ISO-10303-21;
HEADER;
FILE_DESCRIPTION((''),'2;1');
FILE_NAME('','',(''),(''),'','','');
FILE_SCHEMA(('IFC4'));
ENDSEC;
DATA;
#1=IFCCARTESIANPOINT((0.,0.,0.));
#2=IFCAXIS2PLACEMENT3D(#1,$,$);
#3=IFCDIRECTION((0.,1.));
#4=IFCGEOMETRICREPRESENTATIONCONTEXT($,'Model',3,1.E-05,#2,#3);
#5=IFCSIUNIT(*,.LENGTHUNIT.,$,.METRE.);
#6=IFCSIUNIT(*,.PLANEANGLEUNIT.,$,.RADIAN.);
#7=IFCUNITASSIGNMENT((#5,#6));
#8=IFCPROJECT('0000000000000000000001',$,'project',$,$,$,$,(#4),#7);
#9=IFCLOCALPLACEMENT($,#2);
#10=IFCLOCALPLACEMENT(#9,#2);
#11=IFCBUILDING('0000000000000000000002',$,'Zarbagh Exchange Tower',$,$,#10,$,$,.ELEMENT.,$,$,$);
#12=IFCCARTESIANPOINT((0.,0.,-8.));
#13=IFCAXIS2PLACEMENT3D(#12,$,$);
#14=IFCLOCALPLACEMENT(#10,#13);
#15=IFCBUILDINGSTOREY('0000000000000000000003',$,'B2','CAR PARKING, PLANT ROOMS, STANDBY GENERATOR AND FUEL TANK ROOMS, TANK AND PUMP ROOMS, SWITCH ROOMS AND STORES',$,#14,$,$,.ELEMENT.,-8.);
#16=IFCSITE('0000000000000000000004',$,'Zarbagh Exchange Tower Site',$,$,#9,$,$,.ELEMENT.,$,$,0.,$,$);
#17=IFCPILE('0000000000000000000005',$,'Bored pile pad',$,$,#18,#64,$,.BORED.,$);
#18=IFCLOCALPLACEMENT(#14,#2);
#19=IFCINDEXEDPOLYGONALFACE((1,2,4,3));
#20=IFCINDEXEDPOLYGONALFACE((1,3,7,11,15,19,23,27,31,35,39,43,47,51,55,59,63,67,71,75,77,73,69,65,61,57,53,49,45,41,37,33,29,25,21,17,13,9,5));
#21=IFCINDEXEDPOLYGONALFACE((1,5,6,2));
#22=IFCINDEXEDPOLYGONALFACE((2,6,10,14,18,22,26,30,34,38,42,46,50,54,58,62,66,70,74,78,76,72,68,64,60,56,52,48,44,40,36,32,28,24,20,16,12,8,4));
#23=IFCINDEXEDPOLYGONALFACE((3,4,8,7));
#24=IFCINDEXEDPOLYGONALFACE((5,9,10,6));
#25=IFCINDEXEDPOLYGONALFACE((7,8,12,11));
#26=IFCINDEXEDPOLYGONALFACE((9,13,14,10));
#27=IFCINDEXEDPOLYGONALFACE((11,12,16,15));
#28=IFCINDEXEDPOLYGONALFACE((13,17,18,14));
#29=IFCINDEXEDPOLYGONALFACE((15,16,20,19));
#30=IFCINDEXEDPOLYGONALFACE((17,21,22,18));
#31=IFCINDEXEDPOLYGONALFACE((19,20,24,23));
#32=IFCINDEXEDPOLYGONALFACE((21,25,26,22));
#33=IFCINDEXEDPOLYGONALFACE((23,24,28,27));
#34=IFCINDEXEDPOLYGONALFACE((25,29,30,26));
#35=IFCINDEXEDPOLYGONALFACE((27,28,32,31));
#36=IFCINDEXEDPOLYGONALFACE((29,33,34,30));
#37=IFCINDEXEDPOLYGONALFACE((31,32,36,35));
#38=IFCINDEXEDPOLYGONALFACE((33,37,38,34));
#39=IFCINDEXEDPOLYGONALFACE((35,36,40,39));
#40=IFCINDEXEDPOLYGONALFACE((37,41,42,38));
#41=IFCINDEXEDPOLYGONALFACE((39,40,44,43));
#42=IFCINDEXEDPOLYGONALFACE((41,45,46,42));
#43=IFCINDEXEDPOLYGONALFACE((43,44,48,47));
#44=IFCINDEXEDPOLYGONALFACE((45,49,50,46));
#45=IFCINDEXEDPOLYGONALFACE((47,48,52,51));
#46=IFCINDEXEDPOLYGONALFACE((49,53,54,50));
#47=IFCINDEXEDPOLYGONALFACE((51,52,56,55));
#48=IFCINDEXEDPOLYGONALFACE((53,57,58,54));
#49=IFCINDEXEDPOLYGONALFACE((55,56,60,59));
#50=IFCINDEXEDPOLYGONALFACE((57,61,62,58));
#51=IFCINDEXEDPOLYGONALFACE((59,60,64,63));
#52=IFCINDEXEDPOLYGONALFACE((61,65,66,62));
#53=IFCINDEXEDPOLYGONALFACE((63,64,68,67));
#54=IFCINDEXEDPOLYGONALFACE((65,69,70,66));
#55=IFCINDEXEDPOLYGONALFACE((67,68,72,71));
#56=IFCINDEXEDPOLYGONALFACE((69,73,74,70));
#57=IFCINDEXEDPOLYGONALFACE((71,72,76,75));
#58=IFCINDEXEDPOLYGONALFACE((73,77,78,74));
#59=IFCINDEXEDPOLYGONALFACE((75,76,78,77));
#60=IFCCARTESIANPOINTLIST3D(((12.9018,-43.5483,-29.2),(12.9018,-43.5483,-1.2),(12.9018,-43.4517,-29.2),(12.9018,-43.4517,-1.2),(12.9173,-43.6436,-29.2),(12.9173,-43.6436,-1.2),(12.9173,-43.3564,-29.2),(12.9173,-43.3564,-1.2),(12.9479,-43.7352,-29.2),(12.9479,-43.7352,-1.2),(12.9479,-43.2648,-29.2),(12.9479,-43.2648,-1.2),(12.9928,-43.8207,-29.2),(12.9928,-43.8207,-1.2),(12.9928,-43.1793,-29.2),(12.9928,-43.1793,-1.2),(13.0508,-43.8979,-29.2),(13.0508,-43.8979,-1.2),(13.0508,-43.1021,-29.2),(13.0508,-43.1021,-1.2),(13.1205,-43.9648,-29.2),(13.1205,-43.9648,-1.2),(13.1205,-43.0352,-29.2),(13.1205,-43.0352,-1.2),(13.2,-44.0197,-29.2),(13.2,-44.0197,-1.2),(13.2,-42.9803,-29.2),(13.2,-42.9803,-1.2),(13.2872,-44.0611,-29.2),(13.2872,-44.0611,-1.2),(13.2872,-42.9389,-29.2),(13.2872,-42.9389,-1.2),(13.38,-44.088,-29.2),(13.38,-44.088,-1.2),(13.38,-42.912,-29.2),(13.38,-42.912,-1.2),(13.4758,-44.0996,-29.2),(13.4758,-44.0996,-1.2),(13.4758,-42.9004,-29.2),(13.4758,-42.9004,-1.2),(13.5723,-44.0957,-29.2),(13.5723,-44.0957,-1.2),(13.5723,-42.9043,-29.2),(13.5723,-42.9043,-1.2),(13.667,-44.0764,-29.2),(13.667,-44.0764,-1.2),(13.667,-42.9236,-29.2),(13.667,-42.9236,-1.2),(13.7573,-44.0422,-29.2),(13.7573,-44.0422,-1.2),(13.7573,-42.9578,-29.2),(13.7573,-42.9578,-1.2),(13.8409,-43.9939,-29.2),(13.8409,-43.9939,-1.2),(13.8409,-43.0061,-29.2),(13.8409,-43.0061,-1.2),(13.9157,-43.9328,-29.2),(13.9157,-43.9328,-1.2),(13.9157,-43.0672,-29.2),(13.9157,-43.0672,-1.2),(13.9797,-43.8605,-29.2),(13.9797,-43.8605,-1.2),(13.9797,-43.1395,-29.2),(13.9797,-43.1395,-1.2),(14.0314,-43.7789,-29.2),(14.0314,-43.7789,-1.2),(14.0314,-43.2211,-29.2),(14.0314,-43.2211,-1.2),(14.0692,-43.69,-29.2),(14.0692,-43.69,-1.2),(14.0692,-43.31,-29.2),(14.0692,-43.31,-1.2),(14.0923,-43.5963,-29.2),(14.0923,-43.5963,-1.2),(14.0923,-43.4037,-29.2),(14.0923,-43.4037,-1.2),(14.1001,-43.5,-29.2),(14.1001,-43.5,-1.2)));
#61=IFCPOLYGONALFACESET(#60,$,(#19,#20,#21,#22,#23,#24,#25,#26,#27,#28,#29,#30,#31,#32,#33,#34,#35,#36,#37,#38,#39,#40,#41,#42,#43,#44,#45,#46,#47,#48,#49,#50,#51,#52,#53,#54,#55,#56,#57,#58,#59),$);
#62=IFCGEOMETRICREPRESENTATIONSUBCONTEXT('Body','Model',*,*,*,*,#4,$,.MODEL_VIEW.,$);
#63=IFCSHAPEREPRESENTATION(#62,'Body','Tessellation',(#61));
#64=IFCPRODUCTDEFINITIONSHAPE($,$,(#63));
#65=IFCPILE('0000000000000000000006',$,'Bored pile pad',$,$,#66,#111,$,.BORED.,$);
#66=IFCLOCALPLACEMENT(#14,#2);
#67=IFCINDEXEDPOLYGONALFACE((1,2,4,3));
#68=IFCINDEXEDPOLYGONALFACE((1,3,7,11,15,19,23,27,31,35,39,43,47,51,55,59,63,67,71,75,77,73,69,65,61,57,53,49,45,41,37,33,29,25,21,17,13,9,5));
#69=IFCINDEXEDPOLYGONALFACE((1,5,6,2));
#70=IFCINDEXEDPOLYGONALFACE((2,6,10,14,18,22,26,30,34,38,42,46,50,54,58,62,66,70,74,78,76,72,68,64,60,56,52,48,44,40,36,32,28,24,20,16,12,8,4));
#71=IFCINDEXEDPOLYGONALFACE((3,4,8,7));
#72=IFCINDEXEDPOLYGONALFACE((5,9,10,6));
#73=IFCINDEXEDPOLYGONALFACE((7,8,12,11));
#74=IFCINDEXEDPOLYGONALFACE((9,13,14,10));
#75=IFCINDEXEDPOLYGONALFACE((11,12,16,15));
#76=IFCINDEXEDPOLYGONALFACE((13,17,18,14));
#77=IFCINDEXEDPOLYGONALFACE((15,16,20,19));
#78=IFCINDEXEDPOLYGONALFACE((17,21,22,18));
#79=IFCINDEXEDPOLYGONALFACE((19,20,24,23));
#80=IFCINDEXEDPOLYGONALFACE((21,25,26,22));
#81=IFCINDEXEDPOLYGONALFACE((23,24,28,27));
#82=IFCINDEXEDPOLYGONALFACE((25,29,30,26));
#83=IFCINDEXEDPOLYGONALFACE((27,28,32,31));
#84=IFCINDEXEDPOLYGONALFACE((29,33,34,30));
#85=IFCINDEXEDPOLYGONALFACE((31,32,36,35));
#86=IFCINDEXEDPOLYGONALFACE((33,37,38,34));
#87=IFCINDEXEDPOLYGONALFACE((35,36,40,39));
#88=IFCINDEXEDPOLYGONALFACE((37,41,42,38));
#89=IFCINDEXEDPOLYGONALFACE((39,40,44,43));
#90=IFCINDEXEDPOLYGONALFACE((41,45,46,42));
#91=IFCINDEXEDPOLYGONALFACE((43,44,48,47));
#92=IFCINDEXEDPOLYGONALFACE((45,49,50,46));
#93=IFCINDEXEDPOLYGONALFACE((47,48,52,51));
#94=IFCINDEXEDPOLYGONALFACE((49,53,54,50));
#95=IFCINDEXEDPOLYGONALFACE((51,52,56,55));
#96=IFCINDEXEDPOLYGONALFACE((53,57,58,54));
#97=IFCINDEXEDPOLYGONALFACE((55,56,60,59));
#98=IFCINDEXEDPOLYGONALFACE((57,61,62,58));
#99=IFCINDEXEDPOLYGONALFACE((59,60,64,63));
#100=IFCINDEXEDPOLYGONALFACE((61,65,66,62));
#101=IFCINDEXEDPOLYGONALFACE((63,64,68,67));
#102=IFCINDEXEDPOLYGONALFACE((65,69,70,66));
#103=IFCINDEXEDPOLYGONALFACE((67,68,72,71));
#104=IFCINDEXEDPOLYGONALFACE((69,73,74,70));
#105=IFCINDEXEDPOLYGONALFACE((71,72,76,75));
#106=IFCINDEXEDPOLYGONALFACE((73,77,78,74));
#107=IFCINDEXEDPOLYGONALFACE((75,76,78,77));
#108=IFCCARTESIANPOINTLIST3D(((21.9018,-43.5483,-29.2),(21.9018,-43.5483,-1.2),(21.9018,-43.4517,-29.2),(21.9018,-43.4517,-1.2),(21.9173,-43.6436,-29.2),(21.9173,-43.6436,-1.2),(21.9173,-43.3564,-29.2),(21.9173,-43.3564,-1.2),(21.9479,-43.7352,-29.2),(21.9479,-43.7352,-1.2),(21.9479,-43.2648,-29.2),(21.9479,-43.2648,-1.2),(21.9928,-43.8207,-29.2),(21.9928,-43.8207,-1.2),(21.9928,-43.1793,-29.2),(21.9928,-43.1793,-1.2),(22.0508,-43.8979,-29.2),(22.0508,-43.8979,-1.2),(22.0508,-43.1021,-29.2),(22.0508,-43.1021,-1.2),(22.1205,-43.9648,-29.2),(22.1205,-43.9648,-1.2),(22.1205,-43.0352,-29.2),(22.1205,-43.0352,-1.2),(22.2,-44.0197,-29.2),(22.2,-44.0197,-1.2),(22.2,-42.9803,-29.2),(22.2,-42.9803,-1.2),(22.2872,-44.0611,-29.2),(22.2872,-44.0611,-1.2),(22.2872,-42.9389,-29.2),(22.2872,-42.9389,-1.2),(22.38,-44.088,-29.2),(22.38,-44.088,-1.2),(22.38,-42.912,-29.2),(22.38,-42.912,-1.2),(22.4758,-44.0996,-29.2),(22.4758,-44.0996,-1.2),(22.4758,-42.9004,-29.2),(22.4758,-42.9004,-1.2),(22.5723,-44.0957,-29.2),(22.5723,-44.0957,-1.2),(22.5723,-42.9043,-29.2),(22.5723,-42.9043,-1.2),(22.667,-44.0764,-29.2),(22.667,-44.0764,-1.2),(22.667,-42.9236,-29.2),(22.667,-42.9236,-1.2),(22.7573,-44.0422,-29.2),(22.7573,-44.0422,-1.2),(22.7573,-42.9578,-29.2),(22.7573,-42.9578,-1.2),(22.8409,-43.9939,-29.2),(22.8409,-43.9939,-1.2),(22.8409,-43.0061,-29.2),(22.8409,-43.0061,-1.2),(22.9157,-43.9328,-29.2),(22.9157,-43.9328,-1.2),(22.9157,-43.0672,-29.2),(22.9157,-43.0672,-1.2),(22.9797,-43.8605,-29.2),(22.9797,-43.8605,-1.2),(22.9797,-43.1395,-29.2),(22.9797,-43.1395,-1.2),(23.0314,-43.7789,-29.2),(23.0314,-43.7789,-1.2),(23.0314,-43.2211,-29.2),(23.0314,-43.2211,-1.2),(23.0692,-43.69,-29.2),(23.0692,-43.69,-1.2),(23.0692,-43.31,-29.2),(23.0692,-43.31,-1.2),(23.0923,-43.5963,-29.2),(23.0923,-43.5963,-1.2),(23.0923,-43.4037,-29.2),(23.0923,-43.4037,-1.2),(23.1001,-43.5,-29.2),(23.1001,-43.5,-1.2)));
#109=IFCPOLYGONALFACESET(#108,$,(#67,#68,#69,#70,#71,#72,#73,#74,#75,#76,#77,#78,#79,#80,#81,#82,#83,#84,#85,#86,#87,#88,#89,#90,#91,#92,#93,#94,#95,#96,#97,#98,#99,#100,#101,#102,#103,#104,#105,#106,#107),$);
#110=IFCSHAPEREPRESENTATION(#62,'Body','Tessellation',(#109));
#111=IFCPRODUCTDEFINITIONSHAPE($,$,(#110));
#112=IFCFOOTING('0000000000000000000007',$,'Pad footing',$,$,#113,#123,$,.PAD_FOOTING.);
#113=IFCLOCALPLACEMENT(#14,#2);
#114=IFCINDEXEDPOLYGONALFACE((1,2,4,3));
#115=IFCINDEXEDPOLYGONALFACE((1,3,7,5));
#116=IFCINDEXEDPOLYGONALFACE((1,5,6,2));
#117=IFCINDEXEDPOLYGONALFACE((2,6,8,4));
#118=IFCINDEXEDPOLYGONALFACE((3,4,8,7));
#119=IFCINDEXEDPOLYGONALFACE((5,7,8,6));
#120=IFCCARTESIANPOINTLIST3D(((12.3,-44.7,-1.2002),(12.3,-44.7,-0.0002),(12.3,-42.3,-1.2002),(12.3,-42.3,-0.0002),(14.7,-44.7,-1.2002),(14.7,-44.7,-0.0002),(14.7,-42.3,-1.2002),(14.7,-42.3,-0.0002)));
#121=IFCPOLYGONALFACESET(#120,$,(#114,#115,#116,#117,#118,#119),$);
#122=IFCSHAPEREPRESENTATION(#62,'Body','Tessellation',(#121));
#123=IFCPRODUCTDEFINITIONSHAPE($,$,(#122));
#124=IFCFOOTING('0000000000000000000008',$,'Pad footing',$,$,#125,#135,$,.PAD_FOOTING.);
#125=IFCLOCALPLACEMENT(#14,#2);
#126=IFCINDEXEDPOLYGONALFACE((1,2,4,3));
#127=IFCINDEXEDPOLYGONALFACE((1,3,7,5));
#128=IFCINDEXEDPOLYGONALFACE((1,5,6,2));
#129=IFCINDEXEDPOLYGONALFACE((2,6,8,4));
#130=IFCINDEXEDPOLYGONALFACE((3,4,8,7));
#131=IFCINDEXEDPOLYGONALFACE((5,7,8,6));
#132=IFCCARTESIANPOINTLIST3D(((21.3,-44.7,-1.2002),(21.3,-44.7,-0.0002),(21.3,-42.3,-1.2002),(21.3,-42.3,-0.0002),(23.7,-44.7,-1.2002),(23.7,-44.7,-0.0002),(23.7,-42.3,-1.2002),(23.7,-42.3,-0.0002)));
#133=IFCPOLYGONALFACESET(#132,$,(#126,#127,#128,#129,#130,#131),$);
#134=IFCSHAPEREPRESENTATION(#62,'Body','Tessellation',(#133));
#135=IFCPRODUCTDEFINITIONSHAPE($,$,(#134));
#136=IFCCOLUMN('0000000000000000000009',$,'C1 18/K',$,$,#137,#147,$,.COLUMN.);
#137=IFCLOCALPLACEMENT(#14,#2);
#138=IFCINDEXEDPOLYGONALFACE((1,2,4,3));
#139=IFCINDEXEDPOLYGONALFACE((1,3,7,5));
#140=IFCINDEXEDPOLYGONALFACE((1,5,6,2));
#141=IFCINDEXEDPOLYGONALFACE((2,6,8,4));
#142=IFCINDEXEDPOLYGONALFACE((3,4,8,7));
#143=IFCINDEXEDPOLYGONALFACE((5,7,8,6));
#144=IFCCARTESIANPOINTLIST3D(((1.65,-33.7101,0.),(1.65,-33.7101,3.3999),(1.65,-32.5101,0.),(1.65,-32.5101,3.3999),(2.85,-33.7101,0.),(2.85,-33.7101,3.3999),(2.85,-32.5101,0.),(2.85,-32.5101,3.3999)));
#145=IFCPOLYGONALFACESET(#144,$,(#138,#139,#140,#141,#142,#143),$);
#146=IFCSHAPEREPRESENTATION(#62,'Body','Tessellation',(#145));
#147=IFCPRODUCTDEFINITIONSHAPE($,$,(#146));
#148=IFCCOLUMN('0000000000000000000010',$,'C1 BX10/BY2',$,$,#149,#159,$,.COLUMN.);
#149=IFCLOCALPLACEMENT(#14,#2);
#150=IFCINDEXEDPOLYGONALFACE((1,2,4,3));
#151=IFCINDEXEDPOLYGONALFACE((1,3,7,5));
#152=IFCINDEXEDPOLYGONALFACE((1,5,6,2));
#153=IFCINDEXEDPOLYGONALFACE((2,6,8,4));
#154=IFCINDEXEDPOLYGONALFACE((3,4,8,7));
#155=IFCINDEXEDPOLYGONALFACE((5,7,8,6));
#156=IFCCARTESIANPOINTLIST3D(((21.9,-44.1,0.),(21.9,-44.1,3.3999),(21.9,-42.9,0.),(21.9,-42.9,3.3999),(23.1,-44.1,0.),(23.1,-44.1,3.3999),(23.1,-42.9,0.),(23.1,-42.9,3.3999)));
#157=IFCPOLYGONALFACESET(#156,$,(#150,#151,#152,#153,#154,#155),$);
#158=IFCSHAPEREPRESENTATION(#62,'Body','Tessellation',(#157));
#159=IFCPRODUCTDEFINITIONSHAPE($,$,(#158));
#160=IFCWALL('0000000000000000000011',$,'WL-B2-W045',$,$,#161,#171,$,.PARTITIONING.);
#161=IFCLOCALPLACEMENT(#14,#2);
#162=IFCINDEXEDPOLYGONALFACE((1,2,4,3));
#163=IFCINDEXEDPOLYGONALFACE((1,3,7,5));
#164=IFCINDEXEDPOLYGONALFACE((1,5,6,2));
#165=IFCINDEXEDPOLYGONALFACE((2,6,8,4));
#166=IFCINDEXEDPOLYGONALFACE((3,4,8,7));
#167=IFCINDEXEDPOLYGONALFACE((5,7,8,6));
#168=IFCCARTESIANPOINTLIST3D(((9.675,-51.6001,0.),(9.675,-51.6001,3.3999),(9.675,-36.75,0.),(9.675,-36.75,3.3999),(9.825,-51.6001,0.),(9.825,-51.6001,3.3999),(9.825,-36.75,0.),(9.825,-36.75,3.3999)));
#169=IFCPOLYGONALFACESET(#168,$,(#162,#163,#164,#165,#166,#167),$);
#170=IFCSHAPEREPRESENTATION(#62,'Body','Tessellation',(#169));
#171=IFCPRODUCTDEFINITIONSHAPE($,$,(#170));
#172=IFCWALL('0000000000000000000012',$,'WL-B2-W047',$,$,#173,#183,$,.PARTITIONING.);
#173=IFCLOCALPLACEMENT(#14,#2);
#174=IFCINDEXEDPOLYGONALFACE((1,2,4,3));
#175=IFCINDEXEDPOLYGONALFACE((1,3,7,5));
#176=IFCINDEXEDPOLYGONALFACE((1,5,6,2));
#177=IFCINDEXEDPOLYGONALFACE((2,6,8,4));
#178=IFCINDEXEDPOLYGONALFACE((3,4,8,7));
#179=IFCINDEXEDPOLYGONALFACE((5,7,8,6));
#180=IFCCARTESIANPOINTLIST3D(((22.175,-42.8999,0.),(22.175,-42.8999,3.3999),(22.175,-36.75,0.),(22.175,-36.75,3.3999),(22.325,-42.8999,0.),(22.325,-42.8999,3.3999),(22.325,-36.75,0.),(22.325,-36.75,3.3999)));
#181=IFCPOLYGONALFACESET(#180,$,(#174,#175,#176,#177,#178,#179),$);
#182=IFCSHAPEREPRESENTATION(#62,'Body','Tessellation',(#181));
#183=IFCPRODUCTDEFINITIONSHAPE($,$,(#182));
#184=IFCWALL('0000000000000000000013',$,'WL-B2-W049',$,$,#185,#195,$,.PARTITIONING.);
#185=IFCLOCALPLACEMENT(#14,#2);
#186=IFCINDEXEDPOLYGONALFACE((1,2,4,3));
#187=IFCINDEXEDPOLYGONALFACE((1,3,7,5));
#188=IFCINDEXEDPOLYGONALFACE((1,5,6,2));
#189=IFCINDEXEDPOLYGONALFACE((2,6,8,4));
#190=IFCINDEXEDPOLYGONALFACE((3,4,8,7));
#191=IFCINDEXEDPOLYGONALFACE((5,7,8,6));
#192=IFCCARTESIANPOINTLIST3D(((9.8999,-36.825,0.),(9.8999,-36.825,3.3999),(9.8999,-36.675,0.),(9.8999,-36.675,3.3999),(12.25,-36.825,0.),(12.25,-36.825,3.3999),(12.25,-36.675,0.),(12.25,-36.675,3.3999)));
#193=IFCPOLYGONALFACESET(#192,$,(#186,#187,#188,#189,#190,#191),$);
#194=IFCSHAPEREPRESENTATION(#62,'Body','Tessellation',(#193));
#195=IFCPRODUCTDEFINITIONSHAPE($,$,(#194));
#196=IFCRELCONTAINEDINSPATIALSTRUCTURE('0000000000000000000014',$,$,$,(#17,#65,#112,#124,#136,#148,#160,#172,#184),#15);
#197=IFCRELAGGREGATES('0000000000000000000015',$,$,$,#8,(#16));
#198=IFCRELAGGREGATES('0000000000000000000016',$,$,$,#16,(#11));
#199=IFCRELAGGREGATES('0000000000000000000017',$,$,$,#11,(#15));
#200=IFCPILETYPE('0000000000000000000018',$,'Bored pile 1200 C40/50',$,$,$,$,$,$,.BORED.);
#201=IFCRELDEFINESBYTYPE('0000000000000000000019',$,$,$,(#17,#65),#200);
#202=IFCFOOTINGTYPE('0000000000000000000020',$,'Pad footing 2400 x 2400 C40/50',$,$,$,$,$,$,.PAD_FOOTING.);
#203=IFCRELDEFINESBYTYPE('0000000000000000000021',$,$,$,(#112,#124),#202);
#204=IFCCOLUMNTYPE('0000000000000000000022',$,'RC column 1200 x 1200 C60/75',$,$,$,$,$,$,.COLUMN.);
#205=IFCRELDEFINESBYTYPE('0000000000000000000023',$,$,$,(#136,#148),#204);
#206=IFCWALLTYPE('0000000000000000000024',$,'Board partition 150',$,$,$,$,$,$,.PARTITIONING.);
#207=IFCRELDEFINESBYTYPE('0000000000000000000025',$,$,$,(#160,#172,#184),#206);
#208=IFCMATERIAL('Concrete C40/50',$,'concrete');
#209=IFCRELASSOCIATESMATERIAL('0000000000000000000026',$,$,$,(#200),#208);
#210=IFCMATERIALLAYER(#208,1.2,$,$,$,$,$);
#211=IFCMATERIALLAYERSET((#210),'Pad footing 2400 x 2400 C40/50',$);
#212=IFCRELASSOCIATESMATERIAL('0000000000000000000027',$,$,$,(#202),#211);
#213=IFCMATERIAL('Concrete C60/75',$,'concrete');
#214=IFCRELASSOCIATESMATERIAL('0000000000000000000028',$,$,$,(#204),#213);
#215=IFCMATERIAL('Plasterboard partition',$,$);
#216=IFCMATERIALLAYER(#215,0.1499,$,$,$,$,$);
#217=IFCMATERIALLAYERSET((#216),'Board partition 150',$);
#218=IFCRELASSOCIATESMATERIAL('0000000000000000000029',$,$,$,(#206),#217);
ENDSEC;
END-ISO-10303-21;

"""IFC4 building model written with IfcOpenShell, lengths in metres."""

from ifc_helpers import new_model, si_unit, direction, frame, frame_2d, origin, origin_2d, place, context, subcontext, project, spatial, rectangle, circle, extrude, material, layer, layer_set, material_profile, profile_set, type_object, element, save


model = new_model("IFC4")

# Units and contexts
model_context = context("Model", 3, precision=1e-05, world=origin(), true_north=direction((0.0, 1.0)))
body_context = subcontext(model_context, "Body", "Model", "MODEL_VIEW")
ifc_project = project(units=[si_unit("LENGTHUNIT", "METRE"), si_unit("PLANEANGLEUNIT", "RADIAN")], contexts=[model_context])

# Site, building, storey
site_placement = place(None, origin())
site = spatial("IfcSite", under=ifc_project, at=site_placement, Name="Zarbagh Exchange Tower Site", CompositionType="ELEMENT", RefElevation=0.0)
building_placement = place(site_placement, origin())
building = spatial("IfcBuilding", under=site, at=building_placement, Name="Zarbagh Exchange Tower", CompositionType="ELEMENT")
storey_placement = place(building_placement, frame((0.0, 0.0, -8.0)))
storey = spatial("IfcBuildingStorey", under=building, at=storey_placement, Name="B2", Description="CAR PARKING, PLANT ROOMS, STANDBY GENERATOR AND FUEL TANK ROOMS, TANK AND PUMP ROOMS, SWITCH ROOMS AND STORES", CompositionType="ELEMENT", Elevation=-8.0)

# Piles
ifc_material_1 = material(Name="Concrete C40/50", Category="concrete")
ifc_material_profile_1 = material_profile(ifc_material_1, circle(Radius=0.6001, at=origin_2d()), Name="Bored pile 1200 C40/50")
ifc_profile_set_1 = profile_set([ifc_material_profile_1], Name="Concrete C40/50")
pile_type = type_object("IfcPileType", Name="Bored pile 1200 C40/50", PredefinedType="BORED", material=ifc_profile_set_1)
for number, where, z_axis, x_axis, name in (
    (1, (13.5, -43.5, -1.2), (0.0, 0.0, -1.0), (1.0, 0.0, 0.0), "Bored pile pad"),
    (2, (22.5, -43.5, -1.2), (0.0, 0.0, -1.0), (1.0, 0.0, 0.0), "Bored pile pad"),
):
    element("IfcPile", number, at=place(storey_placement, frame(where, z_axis=z_axis, x_axis=x_axis)), inside=storey, type_object=pile_type, Name=name, PredefinedType="BORED", context=body_context, shape_type="SweptSolid", body=[
        extrude(circle(Radius=0.6001, at=origin_2d()), origin(), (0.0, 0.0, 1.0), 28.0),
    ])

# Footings
ifc_layer_1 = layer(ifc_material_1, 1.2)
ifc_layer_set_1 = layer_set([ifc_layer_1], Name="Pad footing 2400 x 2400 C40/50")
footing_type = type_object("IfcFootingType", Name="Pad footing 2400 x 2400 C40/50", PredefinedType="PAD_FOOTING", material=ifc_layer_set_1)
for number, where, z_axis, x_axis, name in (
    (3, (13.5, -43.5, -1.2002), (0.0, 0.0, 1.0), (1.0, 0.0, 0.0), "Pad footing"),
    (4, (22.5, -43.5, -1.2002), (0.0, 0.0, 1.0), (1.0, 0.0, 0.0), "Pad footing"),
):
    element("IfcFooting", number, at=place(storey_placement, frame(where, z_axis=z_axis, x_axis=x_axis)), inside=storey, type_object=footing_type, Name=name, PredefinedType="PAD_FOOTING", context=body_context, shape_type="SweptSolid", body=[
        extrude(rectangle(XDim=2.3999, YDim=2.3999, at=origin_2d()), origin(), (0.0, 0.0, 1.0), 1.2),
    ])

# Columns
ifc_material_2 = material(Name="Concrete C60/75", Category="concrete")
ifc_material_profile_2 = material_profile(ifc_material_2, rectangle(XDim=1.2, YDim=1.2, at=origin_2d()), Name="RC column 1200 x 1200 C60/75")
ifc_profile_set_2 = profile_set([ifc_material_profile_2], Name="Concrete C60/75")
column_type = type_object("IfcColumnType", Name="RC column 1200 x 1200 C60/75", PredefinedType="COLUMN", material=ifc_profile_set_2)
for number, where, z_axis, x_axis, name in (
    (5, (2.25, -33.1101, 0.0), (0.0, 0.0, 1.0), (1.0, 0.0, 0.0), "C1 18/K"),
    (6, (22.5, -43.5, 0.0), (0.0, 0.0, 1.0), (1.0, 0.0, 0.0), "C1 BX10/BY2"),
):
    element("IfcColumn", number, at=place(storey_placement, frame(where, z_axis=z_axis, x_axis=x_axis)), inside=storey, type_object=column_type, Name=name, PredefinedType="COLUMN", context=body_context, shape_type="SweptSolid", body=[
        extrude(rectangle(XDim=1.2, YDim=1.2, at=origin_2d()), origin(), (0.0, 0.0, 1.0), 3.3999),
    ])

# Walls
ifc_material_3 = material(Name="Plasterboard partition")
ifc_layer_2 = layer(ifc_material_3, 0.1499)
ifc_layer_set_2 = layer_set([ifc_layer_2], Name="Board partition 150")
wall_type = type_object("IfcWallType", Name="Board partition 150", PredefinedType="PARTITIONING", material=ifc_layer_set_2)
wall_1_placement = place(storey_placement, frame((9.75, -36.75, 0.0), z_axis=(0.0, 0.0, 1.0), x_axis=(0.0, -1.0, 0.0)))
element("IfcWall", 7, at=wall_1_placement, inside=storey, type_object=wall_type, Name="WL-B2-W045", PredefinedType="PARTITIONING", context=body_context, shape_type="SweptSolid", body=[
    extrude(rectangle(XDim=14.8501, YDim=0.1499, at=frame_2d((7.425, 0.0))), origin(), (0.0, 0.0, 1.0), 3.3999),
])
wall_2_placement = place(storey_placement, frame((22.25, -36.75, 0.0), z_axis=(0.0, 0.0, 1.0), x_axis=(0.0, -1.0, 0.0)))
element("IfcWall", 8, at=wall_2_placement, inside=storey, type_object=wall_type, Name="WL-B2-W047", PredefinedType="PARTITIONING", context=body_context, shape_type="SweptSolid", body=[
    extrude(rectangle(XDim=6.1499, YDim=0.1499, at=frame_2d((3.075, 0.0))), origin(), (0.0, 0.0, 1.0), 3.3999),
])
wall_3_placement = place(storey_placement, frame((9.8999, -36.75, 0.0), z_axis=(0.0, 0.0, 1.0), x_axis=(1.0, 0.0, 0.0)))
element("IfcWall", 9, at=wall_3_placement, inside=storey, type_object=wall_type, Name="WL-B2-W049", PredefinedType="PARTITIONING", context=body_context, shape_type="SweptSolid", body=[
    extrude(rectangle(XDim=2.3501, YDim=0.1499, at=frame_2d((1.175, 0.0))), origin(), (0.0, 0.0, 1.0), 3.3999),
])

save(model, "model.ifc")
